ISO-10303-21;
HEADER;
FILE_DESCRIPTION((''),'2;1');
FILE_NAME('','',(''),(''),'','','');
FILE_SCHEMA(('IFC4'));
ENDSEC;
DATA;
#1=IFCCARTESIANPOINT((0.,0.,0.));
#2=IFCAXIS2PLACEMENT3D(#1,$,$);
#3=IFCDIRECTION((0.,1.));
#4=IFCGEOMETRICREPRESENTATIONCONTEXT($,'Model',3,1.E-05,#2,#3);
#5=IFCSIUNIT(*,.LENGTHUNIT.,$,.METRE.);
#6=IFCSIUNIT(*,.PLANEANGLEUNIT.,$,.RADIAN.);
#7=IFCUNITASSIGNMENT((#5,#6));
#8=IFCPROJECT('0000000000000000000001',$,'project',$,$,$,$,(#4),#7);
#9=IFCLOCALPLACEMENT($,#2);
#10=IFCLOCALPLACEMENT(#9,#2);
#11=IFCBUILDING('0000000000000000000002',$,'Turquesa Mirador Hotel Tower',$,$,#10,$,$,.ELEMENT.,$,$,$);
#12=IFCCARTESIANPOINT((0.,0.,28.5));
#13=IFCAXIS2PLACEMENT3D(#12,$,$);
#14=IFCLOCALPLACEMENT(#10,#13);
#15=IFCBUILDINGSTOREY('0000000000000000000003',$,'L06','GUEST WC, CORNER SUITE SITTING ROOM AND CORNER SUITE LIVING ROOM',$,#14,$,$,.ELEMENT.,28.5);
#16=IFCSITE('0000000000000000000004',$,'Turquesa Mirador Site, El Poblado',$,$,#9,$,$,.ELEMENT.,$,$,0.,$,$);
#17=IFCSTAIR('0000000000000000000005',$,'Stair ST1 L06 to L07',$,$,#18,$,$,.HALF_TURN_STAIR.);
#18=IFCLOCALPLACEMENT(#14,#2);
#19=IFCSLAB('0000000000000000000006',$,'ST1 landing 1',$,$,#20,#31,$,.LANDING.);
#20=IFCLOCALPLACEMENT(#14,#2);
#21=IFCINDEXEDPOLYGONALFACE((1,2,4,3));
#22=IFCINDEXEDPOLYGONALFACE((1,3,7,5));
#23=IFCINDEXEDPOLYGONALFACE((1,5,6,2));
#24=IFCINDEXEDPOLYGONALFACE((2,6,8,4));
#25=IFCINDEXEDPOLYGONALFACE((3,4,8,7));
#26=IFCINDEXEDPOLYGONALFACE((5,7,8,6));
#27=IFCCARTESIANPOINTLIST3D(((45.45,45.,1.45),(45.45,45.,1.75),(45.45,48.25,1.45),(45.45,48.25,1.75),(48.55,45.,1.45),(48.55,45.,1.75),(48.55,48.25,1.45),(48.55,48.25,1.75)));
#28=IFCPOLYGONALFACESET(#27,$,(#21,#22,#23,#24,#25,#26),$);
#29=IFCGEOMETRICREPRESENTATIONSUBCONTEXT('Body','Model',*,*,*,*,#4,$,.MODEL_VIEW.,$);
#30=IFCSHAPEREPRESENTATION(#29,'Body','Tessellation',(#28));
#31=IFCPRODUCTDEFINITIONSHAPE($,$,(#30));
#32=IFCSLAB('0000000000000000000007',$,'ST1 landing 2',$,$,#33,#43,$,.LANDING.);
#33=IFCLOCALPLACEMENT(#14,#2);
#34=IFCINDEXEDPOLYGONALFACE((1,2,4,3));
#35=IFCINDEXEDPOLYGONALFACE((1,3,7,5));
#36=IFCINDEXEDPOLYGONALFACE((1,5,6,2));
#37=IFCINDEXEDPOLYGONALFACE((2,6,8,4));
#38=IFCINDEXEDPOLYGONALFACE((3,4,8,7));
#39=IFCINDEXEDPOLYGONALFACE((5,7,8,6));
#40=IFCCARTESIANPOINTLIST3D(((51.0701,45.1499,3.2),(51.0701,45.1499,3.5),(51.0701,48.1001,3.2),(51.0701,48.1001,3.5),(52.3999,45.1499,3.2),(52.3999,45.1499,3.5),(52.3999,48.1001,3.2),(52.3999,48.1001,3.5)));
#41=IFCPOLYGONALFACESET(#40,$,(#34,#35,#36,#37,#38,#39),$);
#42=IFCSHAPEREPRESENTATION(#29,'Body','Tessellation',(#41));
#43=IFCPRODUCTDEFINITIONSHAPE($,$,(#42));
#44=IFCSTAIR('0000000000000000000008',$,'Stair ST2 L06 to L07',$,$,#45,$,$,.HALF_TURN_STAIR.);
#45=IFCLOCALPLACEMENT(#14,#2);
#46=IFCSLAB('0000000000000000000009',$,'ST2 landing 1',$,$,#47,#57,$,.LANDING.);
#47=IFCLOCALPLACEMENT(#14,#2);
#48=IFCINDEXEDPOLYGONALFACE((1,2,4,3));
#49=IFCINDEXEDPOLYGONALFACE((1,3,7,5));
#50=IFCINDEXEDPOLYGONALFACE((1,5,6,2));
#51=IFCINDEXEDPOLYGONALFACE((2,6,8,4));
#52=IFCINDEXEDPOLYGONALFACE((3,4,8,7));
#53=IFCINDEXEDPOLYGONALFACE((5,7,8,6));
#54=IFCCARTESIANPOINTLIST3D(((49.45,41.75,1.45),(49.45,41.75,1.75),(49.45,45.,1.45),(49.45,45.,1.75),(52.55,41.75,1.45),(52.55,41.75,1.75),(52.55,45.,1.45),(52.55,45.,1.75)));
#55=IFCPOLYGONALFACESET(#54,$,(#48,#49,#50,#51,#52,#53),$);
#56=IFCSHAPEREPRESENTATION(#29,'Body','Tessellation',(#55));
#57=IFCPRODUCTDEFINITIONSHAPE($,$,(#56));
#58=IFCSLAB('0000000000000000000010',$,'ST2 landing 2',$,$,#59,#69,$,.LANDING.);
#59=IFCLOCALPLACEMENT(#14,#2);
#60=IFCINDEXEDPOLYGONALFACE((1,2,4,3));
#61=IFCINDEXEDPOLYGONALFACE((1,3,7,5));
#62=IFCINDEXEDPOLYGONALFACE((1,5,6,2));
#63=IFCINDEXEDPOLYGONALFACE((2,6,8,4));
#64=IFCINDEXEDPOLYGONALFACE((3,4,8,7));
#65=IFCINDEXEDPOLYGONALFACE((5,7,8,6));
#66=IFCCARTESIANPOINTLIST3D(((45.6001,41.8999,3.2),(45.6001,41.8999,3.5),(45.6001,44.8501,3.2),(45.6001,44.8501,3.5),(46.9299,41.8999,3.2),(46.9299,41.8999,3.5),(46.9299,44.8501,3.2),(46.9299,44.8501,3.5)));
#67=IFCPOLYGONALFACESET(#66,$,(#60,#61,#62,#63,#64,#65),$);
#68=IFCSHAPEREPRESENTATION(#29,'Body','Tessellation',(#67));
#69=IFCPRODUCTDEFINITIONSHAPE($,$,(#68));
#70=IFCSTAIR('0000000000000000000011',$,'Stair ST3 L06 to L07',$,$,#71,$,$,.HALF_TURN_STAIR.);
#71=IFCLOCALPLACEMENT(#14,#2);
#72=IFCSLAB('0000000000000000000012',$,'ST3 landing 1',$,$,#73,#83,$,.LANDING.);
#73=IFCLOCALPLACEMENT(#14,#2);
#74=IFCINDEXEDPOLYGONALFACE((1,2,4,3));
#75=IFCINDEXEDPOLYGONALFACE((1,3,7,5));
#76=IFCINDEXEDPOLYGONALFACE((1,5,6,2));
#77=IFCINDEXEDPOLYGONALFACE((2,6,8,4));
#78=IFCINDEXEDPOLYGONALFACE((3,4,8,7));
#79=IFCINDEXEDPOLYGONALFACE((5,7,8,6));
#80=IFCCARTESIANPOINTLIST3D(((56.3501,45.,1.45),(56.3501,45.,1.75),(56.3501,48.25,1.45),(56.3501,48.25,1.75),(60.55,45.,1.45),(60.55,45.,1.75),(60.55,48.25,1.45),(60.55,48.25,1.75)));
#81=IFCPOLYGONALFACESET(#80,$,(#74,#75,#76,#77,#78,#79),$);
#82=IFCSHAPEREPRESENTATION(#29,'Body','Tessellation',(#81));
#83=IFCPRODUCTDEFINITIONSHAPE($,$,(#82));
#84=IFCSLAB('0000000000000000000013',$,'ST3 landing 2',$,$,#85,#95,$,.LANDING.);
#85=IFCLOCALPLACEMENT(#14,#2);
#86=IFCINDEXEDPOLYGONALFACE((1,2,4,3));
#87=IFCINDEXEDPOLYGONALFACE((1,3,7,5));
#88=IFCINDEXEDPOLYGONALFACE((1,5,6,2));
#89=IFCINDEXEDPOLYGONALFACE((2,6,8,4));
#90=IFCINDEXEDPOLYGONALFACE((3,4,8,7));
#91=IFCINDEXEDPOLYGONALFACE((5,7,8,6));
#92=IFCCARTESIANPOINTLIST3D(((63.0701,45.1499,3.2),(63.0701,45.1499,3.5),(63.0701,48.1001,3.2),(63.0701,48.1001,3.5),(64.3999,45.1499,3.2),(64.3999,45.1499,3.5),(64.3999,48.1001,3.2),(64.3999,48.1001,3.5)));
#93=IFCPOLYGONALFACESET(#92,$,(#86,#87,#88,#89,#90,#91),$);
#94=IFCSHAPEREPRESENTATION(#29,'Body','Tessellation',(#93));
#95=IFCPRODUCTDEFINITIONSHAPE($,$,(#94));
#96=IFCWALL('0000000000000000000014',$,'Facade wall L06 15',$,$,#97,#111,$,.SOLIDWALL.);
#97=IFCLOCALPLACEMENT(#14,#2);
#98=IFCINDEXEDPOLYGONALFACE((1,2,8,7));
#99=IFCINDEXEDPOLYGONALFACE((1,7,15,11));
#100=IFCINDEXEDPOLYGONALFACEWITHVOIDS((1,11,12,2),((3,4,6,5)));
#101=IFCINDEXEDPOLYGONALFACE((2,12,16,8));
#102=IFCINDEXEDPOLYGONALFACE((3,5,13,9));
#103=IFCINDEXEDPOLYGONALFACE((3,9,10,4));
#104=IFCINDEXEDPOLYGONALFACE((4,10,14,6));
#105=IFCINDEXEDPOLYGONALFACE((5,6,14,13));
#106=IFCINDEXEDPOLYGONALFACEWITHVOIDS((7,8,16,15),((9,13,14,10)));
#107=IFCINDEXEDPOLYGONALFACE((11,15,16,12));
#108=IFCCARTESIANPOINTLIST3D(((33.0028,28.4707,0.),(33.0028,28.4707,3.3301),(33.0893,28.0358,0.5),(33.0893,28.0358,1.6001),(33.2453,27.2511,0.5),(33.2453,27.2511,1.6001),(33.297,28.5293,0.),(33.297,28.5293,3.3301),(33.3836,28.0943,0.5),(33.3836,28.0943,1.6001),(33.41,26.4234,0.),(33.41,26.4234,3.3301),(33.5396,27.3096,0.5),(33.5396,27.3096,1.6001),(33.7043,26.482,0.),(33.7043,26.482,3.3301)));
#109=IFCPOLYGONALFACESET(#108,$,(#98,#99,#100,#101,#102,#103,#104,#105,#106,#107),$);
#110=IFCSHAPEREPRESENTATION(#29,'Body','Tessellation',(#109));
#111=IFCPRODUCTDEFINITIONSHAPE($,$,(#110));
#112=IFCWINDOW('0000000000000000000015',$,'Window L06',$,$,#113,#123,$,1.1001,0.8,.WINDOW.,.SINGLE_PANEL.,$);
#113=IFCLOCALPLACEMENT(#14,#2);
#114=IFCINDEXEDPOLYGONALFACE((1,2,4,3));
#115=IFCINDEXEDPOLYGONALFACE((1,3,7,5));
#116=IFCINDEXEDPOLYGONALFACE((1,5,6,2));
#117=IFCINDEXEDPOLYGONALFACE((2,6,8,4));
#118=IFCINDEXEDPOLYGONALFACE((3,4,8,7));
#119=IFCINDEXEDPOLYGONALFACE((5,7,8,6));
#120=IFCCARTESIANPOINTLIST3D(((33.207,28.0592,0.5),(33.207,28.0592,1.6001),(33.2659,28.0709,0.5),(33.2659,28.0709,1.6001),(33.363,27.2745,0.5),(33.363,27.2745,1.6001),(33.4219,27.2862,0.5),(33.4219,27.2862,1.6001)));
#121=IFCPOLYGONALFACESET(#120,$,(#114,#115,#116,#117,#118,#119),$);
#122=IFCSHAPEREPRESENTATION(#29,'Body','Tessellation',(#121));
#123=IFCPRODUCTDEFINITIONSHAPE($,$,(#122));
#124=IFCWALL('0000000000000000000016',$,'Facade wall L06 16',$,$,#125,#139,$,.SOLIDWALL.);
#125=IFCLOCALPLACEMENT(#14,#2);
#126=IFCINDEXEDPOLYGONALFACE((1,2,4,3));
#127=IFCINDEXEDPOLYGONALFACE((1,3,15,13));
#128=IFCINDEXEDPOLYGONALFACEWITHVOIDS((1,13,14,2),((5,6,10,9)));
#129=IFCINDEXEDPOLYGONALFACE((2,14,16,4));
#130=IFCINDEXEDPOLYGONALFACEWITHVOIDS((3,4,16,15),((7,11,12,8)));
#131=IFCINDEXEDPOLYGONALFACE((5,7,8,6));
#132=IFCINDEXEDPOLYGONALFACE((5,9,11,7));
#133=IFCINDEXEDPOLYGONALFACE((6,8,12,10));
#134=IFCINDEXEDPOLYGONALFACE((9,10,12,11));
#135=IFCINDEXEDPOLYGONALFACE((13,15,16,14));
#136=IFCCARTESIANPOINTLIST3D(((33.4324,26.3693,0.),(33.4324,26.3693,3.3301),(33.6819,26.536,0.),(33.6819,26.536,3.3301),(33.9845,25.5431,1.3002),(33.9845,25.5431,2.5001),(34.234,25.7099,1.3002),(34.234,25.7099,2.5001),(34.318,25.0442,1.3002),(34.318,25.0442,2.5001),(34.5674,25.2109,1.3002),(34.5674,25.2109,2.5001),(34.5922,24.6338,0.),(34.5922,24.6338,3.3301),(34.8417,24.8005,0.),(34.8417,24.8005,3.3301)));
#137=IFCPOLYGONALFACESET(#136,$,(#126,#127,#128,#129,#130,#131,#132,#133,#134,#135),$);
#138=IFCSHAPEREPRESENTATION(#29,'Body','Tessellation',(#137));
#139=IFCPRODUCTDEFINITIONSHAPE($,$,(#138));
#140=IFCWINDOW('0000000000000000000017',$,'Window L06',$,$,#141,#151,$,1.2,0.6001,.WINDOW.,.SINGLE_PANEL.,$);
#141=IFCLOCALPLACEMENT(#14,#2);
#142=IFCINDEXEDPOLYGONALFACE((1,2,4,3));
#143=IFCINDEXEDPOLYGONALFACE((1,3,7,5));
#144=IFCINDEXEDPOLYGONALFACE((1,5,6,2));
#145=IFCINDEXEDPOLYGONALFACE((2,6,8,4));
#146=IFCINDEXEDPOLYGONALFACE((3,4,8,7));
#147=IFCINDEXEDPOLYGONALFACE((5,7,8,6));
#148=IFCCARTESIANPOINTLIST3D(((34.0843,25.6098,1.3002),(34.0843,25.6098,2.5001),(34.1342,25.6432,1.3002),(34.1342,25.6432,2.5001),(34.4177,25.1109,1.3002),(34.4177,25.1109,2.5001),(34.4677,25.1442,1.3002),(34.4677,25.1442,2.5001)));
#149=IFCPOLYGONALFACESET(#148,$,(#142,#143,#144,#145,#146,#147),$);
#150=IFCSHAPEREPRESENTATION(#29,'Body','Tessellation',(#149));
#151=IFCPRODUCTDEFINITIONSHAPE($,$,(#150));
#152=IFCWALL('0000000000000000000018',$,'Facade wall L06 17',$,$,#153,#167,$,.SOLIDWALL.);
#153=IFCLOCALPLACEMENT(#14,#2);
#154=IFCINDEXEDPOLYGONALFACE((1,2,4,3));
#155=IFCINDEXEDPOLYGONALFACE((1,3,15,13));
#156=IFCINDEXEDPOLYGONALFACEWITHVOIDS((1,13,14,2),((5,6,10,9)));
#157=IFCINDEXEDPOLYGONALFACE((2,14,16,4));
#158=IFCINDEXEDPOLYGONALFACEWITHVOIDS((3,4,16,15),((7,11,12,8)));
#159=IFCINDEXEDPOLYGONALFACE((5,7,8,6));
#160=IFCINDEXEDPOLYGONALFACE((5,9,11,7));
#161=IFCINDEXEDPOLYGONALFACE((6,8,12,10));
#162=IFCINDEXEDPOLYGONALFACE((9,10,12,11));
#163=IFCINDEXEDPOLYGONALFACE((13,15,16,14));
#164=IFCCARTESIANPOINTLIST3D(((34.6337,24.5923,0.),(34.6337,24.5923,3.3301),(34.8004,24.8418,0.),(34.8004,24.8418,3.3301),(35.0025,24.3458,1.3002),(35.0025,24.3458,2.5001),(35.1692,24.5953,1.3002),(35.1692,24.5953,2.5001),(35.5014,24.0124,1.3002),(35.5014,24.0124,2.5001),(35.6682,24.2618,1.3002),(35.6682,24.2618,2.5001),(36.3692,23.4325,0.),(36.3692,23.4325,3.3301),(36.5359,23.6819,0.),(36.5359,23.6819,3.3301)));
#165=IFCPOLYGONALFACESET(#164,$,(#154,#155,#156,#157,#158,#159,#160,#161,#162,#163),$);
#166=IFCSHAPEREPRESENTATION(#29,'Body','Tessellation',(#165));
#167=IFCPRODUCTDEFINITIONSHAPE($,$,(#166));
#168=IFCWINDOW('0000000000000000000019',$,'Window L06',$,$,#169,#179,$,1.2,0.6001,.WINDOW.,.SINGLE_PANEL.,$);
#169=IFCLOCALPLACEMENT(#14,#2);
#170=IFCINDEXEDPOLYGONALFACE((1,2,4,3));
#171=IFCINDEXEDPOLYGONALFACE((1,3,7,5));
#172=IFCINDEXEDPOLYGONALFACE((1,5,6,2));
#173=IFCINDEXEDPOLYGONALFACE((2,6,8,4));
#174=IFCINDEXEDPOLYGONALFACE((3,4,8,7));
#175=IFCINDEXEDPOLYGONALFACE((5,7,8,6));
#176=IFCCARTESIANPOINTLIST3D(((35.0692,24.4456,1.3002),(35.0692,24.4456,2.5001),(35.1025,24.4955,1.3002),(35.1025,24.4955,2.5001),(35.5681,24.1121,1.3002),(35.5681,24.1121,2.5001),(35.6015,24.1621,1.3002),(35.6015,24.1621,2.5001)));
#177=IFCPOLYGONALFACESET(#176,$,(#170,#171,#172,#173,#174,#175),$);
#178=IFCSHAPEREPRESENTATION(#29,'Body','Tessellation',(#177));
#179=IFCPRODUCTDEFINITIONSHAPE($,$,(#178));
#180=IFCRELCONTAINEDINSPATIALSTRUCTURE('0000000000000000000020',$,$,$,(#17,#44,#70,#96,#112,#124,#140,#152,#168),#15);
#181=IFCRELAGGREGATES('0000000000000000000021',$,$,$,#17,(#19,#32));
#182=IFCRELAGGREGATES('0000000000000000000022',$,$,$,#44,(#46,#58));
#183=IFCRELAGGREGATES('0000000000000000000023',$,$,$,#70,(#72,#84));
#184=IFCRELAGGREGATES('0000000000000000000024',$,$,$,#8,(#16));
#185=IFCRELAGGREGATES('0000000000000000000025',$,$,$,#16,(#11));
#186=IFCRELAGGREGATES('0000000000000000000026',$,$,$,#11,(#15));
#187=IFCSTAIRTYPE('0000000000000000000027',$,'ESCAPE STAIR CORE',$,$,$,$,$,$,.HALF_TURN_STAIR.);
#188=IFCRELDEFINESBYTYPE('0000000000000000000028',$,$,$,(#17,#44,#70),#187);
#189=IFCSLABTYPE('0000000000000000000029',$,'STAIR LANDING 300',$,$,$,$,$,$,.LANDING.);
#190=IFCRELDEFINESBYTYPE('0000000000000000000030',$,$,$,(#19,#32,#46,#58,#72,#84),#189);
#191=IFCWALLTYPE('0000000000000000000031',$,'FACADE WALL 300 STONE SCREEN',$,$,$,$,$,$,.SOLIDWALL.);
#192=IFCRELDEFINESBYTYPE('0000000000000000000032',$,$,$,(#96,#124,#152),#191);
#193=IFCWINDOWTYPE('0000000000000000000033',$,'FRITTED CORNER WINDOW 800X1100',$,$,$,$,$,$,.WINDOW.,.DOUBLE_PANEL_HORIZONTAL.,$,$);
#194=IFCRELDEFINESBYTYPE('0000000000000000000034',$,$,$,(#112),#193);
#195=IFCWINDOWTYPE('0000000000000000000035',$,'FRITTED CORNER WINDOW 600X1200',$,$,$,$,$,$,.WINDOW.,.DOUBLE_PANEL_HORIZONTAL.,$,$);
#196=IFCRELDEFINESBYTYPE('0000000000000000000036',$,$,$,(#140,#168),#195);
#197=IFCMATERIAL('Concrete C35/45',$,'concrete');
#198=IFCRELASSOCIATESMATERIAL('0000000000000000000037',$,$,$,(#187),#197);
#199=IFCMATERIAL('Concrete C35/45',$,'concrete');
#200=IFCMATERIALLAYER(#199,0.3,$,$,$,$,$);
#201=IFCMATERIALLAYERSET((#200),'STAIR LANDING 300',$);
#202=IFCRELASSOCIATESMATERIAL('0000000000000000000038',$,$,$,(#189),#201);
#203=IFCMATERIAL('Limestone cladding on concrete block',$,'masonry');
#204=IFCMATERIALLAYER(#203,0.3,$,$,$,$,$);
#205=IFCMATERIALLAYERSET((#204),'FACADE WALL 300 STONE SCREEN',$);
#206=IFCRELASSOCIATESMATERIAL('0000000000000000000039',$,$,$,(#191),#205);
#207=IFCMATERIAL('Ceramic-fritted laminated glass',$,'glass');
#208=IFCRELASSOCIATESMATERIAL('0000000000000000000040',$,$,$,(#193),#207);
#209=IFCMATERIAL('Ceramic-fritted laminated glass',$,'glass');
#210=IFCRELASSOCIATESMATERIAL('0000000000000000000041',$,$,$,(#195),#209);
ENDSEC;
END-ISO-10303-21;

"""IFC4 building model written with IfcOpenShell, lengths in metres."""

from ifc_helpers import new_model, si_unit, direction, frame, frame_2d, origin, place, context, subcontext, project, spatial, polyline, rectangle, outline, extrude, material, layer, layer_set, type_object, element, fill, aggregate, save


model = new_model("IFC4")

# Units and contexts
model_context = context("Model", 3, precision=1e-05, world=origin(), true_north=direction((0.0, 1.0)))
body_context = subcontext(model_context, "Body", "Model", "MODEL_VIEW")
ifc_project = project(units=[si_unit("LENGTHUNIT", "METRE"), si_unit("PLANEANGLEUNIT", "RADIAN")], contexts=[model_context])

# Site, building, storey
site_placement = place(None, origin())
site = spatial("IfcSite", under=ifc_project, at=site_placement, Name="Turquesa Mirador Site, El Poblado", CompositionType="ELEMENT", RefElevation=0.0)
building_placement = place(site_placement, origin())
building = spatial("IfcBuilding", under=site, at=building_placement, Name="Turquesa Mirador Hotel Tower", CompositionType="ELEMENT")
storey_placement = place(building_placement, frame((0.0, 0.0, 28.5)))
storey = spatial("IfcBuildingStorey", under=building, at=storey_placement, Name="L06", Description="GUEST WC, CORNER SUITE SITTING ROOM AND CORNER SUITE LIVING ROOM", CompositionType="ELEMENT", Elevation=28.5)

# Stairs, slabs
ifc_material_1 = material(Name="Concrete C35/45", Category="concrete")
stair_type = type_object("IfcStairType", Name="ESCAPE STAIR CORE", PredefinedType="HALF_TURN_STAIR", material=ifc_material_1)
stair_1_placement = place(storey_placement, origin())
stair_1 = element("IfcStair", 1, at=stair_1_placement, inside=storey, type_object=stair_type, Name="Stair ST1 L06 to L07", PredefinedType="HALF_TURN_STAIR")
ifc_material_2 = material(Name="Concrete C35/45", Category="concrete")
ifc_layer_1 = layer(ifc_material_2, 0.3)
ifc_layer_set_1 = layer_set([ifc_layer_1], Name="STAIR LANDING 300")
slab_type_1 = type_object("IfcSlabType", Name="STAIR LANDING 300", PredefinedType="LANDING", material=ifc_layer_set_1)
slab_1_placement = place(storey_placement, frame((0.0, 0.0, 1.45)))
slab_1 = element("IfcSlab", 2, at=slab_1_placement, type_object=slab_type_1, Name="ST1 landing 1", PredefinedType="LANDING", context=body_context, shape_type="SweptSolid", body=[
    extrude(outline(polyline([(45.45, 45.0), (48.55, 45.0), (48.55, 48.25), (45.45, 48.25), (45.45, 45.0)])), origin(), (0.0, 0.0, 1.0), 0.3),
])
slab_2_placement = place(storey_placement, frame((0.0, 0.0, 3.2)))
slab_2 = element("IfcSlab", 3, at=slab_2_placement, type_object=slab_type_1, Name="ST1 landing 2", PredefinedType="LANDING", context=body_context, shape_type="SweptSolid", body=[
    extrude(outline(polyline([(51.0701, 45.1499), (52.3999, 45.1499), (52.3999, 48.1001), (51.0701, 48.1001), (51.0701, 45.1499)])), origin(), (0.0, 0.0, 1.0), 0.3),
])
aggregate(stair_1, [slab_1, slab_2])
stair_2_placement = place(storey_placement, origin())
stair_2 = element("IfcStair", 4, at=stair_2_placement, inside=storey, type_object=stair_type, Name="Stair ST2 L06 to L07", PredefinedType="HALF_TURN_STAIR")
slab_3_placement = place(storey_placement, frame((0.0, 0.0, 1.45)))
slab_3 = element("IfcSlab", 5, at=slab_3_placement, type_object=slab_type_1, Name="ST2 landing 1", PredefinedType="LANDING", context=body_context, shape_type="SweptSolid", body=[
    extrude(outline(polyline([(52.55, 45.0), (49.45, 45.0), (49.45, 41.75), (52.55, 41.75), (52.55, 45.0)])), origin(), (0.0, 0.0, 1.0), 0.3),
])
slab_4_placement = place(storey_placement, frame((0.0, 0.0, 3.2)))
slab_4 = element("IfcSlab", 6, at=slab_4_placement, type_object=slab_type_1, Name="ST2 landing 2", PredefinedType="LANDING", context=body_context, shape_type="SweptSolid", body=[
    extrude(outline(polyline([(46.9299, 44.8501), (45.6001, 44.8501), (45.6001, 41.8999), (46.9299, 41.8999), (46.9299, 44.8501)])), origin(), (0.0, 0.0, 1.0), 0.3),
])
aggregate(stair_2, [slab_3, slab_4])
stair_3_placement = place(storey_placement, origin())
stair_3 = element("IfcStair", 7, at=stair_3_placement, inside=storey, type_object=stair_type, Name="Stair ST3 L06 to L07", PredefinedType="HALF_TURN_STAIR")
slab_5_placement = place(storey_placement, frame((0.0, 0.0, 1.45)))
slab_5 = element("IfcSlab", 8, at=slab_5_placement, type_object=slab_type_1, Name="ST3 landing 1", PredefinedType="LANDING", context=body_context, shape_type="SweptSolid", body=[
    extrude(outline(polyline([(56.3501, 45.0), (60.55, 45.0), (60.55, 48.25), (56.3501, 48.25), (56.3501, 45.0)])), origin(), (0.0, 0.0, 1.0), 0.3),
])
slab_6_placement = place(storey_placement, frame((0.0, 0.0, 3.2)))
slab_6 = element("IfcSlab", 9, at=slab_6_placement, type_object=slab_type_1, Name="ST3 landing 2", PredefinedType="LANDING", context=body_context, shape_type="SweptSolid", body=[
    extrude(outline(polyline([(63.0701, 45.1499), (64.3999, 45.1499), (64.3999, 48.1001), (63.0701, 48.1001), (63.0701, 45.1499)])), origin(), (0.0, 0.0, 1.0), 0.3),
])
aggregate(stair_3, [slab_5, slab_6])

# Walls, openings, windows
ifc_material_3 = material(Name="Limestone cladding on concrete block", Category="masonry")
ifc_layer_2 = layer(ifc_material_3, 0.3)
ifc_layer_set_2 = layer_set([ifc_layer_2], Name="FACADE WALL 300 STONE SCREEN")
wall_type_1 = type_object("IfcWallType", Name="FACADE WALL 300 STONE SCREEN", PredefinedType="SOLIDWALL", material=ifc_layer_set_2)
wall_1_placement = place(storey_placement, frame((33.1499, 28.5, 0.0), z_axis=(0.0, 0.0, 1.0), x_axis=(0.195081, -0.980787, 0.0)))
wall_1 = element("IfcWall", 10, at=wall_1_placement, inside=storey, type_object=wall_type_1, Name="Facade wall L06 15", PredefinedType="SOLIDWALL", context=body_context, shape_type="SweptSolid", body=[
    extrude(rectangle(XDim=2.0874, YDim=0.3, at=frame_2d((1.0437, 0.0))), origin(), (0.0, 0.0, 1.0), 3.3301),
])
opening_1_placement = place(wall_1_placement, frame((0.4436, 0.0, 0.5)))
opening_1 = element("IfcOpeningElement", 11, at=opening_1_placement, cuts=wall_1, PredefinedType="OPENING", context=body_context, shape_type="SweptSolid", body=[
    extrude(rectangle(XDim=0.8, YDim=1.1001, at=frame_2d((0.3999, 0.55))), frame((0.0, 0.1599, 0.0), z_axis=(0.0, -1.0, 0.0), x_axis=(1.0, 0.0, 0.0)), (0.0, 0.0, 1.0), 0.3201),
])
ifc_material_4 = material(Name="Ceramic-fritted laminated glass", Category="glass")
window_type_1 = type_object("IfcWindowType", Name="FRITTED CORNER WINDOW 800X1100", PartitioningType="DOUBLE_PANEL_HORIZONTAL", PredefinedType="WINDOW", material=ifc_material_4)
window_1_placement = place(opening_1_placement, origin())
window_1 = element("IfcWindow", 12, at=window_1_placement, inside=storey, type_object=window_type_1, Name="Window L06", OverallHeight=1.1001, OverallWidth=0.8, PartitioningType="SINGLE_PANEL", PredefinedType="WINDOW", context=body_context, shape_type="SweptSolid", body=[
    extrude(rectangle(XDim=0.8, YDim=1.1001, at=frame_2d((0.3999, 0.55))), frame((0.0, 0.03, 0.0), z_axis=(0.0, -1.0, 0.0), x_axis=(1.0, 0.0, 0.0)), (0.0, 0.0, 1.0), 0.0601),
])
fill(opening_1, window_1)
wall_2_placement = place(storey_placement, frame((33.5571, 26.4526, 0.0), z_axis=(0.0, 0.0, 1.0), x_axis=(0.555644, -0.83142, 0.0)))
wall_2 = element("IfcWall", 13, at=wall_2_placement, inside=storey, type_object=wall_type_1, Name="Facade wall L06 16", PredefinedType="SOLIDWALL", context=body_context, shape_type="SweptSolid", body=[
    extrude(rectangle(XDim=2.0874, YDim=0.3, at=frame_2d((1.0437, 0.0))), origin(), (0.0, 0.0, 1.0), 3.3301),
])
opening_2_placement = place(wall_2_placement, frame((0.9937, 0.0, 1.3)))
opening_2 = element("IfcOpeningElement", 14, at=opening_2_placement, cuts=wall_2, PredefinedType="OPENING", context=body_context, shape_type="SweptSolid", body=[
    extrude(rectangle(XDim=0.6001, YDim=1.2, at=frame_2d((0.3, 0.6001))), frame((0.0, 0.1599, 0.0), z_axis=(0.0, -1.0, 0.0), x_axis=(1.0, 0.0, 0.0)), (0.0, 0.0, 1.0), 0.3201),
])
ifc_material_5 = material(Name="Ceramic-fritted laminated glass", Category="glass")
window_type_2 = type_object("IfcWindowType", Name="FRITTED CORNER WINDOW 600X1200", PartitioningType="DOUBLE_PANEL_HORIZONTAL", PredefinedType="WINDOW", material=ifc_material_5)
window_2_placement = place(opening_2_placement, origin())
window_2 = element("IfcWindow", 15, at=window_2_placement, inside=storey, type_object=window_type_2, Name="Window L06", OverallHeight=1.2, OverallWidth=0.6001, PartitioningType="SINGLE_PANEL", PredefinedType="WINDOW", context=body_context, shape_type="SweptSolid", body=[
    extrude(rectangle(XDim=0.6001, YDim=1.2, at=frame_2d((0.3, 0.6001))), frame((0.0, 0.03, 0.0), z_axis=(0.0, -1.0, 0.0), x_axis=(1.0, 0.0, 0.0)), (0.0, 0.0, 1.0), 0.0601),
])
fill(opening_2, window_2)
wall_3_placement = place(storey_placement, frame((34.717, 24.717, 0.0), z_axis=(0.0, 0.0, 1.0), x_axis=(0.83142, -0.555644, 0.0)))
wall_3 = element("IfcWall", 16, at=wall_3_placement, inside=storey, type_object=wall_type_1, Name="Facade wall L06 17", PredefinedType="SOLIDWALL", context=body_context, shape_type="SweptSolid", body=[
    extrude(rectangle(XDim=2.0874, YDim=0.3, at=frame_2d((1.0437, 0.0))), origin(), (0.0, 0.0, 1.0), 3.3301),
])
opening_3_placement = place(wall_3_placement, frame((0.4436, 0.0, 1.3)))
opening_3 = element("IfcOpeningElement", 17, at=opening_3_placement, cuts=wall_3, PredefinedType="OPENING", context=body_context, shape_type="SweptSolid", body=[
    extrude(rectangle(XDim=0.6001, YDim=1.2, at=frame_2d((0.3, 0.6001))), frame((0.0, 0.1599, 0.0), z_axis=(0.0, -1.0, 0.0), x_axis=(1.0, 0.0, 0.0)), (0.0, 0.0, 1.0), 0.3201),
])
window_3_placement = place(opening_3_placement, origin())
window_3 = element("IfcWindow", 18, at=window_3_placement, inside=storey, type_object=window_type_2, Name="Window L06", OverallHeight=1.2, OverallWidth=0.6001, PartitioningType="SINGLE_PANEL", PredefinedType="WINDOW", context=body_context, shape_type="SweptSolid", body=[
    extrude(rectangle(XDim=0.6001, YDim=1.2, at=frame_2d((0.3, 0.6001))), frame((0.0, 0.03, 0.0), z_axis=(0.0, -1.0, 0.0), x_axis=(1.0, 0.0, 0.0)), (0.0, 0.0, 1.0), 0.0601),
])
fill(opening_3, window_3)

save(model, "model.ifc")
